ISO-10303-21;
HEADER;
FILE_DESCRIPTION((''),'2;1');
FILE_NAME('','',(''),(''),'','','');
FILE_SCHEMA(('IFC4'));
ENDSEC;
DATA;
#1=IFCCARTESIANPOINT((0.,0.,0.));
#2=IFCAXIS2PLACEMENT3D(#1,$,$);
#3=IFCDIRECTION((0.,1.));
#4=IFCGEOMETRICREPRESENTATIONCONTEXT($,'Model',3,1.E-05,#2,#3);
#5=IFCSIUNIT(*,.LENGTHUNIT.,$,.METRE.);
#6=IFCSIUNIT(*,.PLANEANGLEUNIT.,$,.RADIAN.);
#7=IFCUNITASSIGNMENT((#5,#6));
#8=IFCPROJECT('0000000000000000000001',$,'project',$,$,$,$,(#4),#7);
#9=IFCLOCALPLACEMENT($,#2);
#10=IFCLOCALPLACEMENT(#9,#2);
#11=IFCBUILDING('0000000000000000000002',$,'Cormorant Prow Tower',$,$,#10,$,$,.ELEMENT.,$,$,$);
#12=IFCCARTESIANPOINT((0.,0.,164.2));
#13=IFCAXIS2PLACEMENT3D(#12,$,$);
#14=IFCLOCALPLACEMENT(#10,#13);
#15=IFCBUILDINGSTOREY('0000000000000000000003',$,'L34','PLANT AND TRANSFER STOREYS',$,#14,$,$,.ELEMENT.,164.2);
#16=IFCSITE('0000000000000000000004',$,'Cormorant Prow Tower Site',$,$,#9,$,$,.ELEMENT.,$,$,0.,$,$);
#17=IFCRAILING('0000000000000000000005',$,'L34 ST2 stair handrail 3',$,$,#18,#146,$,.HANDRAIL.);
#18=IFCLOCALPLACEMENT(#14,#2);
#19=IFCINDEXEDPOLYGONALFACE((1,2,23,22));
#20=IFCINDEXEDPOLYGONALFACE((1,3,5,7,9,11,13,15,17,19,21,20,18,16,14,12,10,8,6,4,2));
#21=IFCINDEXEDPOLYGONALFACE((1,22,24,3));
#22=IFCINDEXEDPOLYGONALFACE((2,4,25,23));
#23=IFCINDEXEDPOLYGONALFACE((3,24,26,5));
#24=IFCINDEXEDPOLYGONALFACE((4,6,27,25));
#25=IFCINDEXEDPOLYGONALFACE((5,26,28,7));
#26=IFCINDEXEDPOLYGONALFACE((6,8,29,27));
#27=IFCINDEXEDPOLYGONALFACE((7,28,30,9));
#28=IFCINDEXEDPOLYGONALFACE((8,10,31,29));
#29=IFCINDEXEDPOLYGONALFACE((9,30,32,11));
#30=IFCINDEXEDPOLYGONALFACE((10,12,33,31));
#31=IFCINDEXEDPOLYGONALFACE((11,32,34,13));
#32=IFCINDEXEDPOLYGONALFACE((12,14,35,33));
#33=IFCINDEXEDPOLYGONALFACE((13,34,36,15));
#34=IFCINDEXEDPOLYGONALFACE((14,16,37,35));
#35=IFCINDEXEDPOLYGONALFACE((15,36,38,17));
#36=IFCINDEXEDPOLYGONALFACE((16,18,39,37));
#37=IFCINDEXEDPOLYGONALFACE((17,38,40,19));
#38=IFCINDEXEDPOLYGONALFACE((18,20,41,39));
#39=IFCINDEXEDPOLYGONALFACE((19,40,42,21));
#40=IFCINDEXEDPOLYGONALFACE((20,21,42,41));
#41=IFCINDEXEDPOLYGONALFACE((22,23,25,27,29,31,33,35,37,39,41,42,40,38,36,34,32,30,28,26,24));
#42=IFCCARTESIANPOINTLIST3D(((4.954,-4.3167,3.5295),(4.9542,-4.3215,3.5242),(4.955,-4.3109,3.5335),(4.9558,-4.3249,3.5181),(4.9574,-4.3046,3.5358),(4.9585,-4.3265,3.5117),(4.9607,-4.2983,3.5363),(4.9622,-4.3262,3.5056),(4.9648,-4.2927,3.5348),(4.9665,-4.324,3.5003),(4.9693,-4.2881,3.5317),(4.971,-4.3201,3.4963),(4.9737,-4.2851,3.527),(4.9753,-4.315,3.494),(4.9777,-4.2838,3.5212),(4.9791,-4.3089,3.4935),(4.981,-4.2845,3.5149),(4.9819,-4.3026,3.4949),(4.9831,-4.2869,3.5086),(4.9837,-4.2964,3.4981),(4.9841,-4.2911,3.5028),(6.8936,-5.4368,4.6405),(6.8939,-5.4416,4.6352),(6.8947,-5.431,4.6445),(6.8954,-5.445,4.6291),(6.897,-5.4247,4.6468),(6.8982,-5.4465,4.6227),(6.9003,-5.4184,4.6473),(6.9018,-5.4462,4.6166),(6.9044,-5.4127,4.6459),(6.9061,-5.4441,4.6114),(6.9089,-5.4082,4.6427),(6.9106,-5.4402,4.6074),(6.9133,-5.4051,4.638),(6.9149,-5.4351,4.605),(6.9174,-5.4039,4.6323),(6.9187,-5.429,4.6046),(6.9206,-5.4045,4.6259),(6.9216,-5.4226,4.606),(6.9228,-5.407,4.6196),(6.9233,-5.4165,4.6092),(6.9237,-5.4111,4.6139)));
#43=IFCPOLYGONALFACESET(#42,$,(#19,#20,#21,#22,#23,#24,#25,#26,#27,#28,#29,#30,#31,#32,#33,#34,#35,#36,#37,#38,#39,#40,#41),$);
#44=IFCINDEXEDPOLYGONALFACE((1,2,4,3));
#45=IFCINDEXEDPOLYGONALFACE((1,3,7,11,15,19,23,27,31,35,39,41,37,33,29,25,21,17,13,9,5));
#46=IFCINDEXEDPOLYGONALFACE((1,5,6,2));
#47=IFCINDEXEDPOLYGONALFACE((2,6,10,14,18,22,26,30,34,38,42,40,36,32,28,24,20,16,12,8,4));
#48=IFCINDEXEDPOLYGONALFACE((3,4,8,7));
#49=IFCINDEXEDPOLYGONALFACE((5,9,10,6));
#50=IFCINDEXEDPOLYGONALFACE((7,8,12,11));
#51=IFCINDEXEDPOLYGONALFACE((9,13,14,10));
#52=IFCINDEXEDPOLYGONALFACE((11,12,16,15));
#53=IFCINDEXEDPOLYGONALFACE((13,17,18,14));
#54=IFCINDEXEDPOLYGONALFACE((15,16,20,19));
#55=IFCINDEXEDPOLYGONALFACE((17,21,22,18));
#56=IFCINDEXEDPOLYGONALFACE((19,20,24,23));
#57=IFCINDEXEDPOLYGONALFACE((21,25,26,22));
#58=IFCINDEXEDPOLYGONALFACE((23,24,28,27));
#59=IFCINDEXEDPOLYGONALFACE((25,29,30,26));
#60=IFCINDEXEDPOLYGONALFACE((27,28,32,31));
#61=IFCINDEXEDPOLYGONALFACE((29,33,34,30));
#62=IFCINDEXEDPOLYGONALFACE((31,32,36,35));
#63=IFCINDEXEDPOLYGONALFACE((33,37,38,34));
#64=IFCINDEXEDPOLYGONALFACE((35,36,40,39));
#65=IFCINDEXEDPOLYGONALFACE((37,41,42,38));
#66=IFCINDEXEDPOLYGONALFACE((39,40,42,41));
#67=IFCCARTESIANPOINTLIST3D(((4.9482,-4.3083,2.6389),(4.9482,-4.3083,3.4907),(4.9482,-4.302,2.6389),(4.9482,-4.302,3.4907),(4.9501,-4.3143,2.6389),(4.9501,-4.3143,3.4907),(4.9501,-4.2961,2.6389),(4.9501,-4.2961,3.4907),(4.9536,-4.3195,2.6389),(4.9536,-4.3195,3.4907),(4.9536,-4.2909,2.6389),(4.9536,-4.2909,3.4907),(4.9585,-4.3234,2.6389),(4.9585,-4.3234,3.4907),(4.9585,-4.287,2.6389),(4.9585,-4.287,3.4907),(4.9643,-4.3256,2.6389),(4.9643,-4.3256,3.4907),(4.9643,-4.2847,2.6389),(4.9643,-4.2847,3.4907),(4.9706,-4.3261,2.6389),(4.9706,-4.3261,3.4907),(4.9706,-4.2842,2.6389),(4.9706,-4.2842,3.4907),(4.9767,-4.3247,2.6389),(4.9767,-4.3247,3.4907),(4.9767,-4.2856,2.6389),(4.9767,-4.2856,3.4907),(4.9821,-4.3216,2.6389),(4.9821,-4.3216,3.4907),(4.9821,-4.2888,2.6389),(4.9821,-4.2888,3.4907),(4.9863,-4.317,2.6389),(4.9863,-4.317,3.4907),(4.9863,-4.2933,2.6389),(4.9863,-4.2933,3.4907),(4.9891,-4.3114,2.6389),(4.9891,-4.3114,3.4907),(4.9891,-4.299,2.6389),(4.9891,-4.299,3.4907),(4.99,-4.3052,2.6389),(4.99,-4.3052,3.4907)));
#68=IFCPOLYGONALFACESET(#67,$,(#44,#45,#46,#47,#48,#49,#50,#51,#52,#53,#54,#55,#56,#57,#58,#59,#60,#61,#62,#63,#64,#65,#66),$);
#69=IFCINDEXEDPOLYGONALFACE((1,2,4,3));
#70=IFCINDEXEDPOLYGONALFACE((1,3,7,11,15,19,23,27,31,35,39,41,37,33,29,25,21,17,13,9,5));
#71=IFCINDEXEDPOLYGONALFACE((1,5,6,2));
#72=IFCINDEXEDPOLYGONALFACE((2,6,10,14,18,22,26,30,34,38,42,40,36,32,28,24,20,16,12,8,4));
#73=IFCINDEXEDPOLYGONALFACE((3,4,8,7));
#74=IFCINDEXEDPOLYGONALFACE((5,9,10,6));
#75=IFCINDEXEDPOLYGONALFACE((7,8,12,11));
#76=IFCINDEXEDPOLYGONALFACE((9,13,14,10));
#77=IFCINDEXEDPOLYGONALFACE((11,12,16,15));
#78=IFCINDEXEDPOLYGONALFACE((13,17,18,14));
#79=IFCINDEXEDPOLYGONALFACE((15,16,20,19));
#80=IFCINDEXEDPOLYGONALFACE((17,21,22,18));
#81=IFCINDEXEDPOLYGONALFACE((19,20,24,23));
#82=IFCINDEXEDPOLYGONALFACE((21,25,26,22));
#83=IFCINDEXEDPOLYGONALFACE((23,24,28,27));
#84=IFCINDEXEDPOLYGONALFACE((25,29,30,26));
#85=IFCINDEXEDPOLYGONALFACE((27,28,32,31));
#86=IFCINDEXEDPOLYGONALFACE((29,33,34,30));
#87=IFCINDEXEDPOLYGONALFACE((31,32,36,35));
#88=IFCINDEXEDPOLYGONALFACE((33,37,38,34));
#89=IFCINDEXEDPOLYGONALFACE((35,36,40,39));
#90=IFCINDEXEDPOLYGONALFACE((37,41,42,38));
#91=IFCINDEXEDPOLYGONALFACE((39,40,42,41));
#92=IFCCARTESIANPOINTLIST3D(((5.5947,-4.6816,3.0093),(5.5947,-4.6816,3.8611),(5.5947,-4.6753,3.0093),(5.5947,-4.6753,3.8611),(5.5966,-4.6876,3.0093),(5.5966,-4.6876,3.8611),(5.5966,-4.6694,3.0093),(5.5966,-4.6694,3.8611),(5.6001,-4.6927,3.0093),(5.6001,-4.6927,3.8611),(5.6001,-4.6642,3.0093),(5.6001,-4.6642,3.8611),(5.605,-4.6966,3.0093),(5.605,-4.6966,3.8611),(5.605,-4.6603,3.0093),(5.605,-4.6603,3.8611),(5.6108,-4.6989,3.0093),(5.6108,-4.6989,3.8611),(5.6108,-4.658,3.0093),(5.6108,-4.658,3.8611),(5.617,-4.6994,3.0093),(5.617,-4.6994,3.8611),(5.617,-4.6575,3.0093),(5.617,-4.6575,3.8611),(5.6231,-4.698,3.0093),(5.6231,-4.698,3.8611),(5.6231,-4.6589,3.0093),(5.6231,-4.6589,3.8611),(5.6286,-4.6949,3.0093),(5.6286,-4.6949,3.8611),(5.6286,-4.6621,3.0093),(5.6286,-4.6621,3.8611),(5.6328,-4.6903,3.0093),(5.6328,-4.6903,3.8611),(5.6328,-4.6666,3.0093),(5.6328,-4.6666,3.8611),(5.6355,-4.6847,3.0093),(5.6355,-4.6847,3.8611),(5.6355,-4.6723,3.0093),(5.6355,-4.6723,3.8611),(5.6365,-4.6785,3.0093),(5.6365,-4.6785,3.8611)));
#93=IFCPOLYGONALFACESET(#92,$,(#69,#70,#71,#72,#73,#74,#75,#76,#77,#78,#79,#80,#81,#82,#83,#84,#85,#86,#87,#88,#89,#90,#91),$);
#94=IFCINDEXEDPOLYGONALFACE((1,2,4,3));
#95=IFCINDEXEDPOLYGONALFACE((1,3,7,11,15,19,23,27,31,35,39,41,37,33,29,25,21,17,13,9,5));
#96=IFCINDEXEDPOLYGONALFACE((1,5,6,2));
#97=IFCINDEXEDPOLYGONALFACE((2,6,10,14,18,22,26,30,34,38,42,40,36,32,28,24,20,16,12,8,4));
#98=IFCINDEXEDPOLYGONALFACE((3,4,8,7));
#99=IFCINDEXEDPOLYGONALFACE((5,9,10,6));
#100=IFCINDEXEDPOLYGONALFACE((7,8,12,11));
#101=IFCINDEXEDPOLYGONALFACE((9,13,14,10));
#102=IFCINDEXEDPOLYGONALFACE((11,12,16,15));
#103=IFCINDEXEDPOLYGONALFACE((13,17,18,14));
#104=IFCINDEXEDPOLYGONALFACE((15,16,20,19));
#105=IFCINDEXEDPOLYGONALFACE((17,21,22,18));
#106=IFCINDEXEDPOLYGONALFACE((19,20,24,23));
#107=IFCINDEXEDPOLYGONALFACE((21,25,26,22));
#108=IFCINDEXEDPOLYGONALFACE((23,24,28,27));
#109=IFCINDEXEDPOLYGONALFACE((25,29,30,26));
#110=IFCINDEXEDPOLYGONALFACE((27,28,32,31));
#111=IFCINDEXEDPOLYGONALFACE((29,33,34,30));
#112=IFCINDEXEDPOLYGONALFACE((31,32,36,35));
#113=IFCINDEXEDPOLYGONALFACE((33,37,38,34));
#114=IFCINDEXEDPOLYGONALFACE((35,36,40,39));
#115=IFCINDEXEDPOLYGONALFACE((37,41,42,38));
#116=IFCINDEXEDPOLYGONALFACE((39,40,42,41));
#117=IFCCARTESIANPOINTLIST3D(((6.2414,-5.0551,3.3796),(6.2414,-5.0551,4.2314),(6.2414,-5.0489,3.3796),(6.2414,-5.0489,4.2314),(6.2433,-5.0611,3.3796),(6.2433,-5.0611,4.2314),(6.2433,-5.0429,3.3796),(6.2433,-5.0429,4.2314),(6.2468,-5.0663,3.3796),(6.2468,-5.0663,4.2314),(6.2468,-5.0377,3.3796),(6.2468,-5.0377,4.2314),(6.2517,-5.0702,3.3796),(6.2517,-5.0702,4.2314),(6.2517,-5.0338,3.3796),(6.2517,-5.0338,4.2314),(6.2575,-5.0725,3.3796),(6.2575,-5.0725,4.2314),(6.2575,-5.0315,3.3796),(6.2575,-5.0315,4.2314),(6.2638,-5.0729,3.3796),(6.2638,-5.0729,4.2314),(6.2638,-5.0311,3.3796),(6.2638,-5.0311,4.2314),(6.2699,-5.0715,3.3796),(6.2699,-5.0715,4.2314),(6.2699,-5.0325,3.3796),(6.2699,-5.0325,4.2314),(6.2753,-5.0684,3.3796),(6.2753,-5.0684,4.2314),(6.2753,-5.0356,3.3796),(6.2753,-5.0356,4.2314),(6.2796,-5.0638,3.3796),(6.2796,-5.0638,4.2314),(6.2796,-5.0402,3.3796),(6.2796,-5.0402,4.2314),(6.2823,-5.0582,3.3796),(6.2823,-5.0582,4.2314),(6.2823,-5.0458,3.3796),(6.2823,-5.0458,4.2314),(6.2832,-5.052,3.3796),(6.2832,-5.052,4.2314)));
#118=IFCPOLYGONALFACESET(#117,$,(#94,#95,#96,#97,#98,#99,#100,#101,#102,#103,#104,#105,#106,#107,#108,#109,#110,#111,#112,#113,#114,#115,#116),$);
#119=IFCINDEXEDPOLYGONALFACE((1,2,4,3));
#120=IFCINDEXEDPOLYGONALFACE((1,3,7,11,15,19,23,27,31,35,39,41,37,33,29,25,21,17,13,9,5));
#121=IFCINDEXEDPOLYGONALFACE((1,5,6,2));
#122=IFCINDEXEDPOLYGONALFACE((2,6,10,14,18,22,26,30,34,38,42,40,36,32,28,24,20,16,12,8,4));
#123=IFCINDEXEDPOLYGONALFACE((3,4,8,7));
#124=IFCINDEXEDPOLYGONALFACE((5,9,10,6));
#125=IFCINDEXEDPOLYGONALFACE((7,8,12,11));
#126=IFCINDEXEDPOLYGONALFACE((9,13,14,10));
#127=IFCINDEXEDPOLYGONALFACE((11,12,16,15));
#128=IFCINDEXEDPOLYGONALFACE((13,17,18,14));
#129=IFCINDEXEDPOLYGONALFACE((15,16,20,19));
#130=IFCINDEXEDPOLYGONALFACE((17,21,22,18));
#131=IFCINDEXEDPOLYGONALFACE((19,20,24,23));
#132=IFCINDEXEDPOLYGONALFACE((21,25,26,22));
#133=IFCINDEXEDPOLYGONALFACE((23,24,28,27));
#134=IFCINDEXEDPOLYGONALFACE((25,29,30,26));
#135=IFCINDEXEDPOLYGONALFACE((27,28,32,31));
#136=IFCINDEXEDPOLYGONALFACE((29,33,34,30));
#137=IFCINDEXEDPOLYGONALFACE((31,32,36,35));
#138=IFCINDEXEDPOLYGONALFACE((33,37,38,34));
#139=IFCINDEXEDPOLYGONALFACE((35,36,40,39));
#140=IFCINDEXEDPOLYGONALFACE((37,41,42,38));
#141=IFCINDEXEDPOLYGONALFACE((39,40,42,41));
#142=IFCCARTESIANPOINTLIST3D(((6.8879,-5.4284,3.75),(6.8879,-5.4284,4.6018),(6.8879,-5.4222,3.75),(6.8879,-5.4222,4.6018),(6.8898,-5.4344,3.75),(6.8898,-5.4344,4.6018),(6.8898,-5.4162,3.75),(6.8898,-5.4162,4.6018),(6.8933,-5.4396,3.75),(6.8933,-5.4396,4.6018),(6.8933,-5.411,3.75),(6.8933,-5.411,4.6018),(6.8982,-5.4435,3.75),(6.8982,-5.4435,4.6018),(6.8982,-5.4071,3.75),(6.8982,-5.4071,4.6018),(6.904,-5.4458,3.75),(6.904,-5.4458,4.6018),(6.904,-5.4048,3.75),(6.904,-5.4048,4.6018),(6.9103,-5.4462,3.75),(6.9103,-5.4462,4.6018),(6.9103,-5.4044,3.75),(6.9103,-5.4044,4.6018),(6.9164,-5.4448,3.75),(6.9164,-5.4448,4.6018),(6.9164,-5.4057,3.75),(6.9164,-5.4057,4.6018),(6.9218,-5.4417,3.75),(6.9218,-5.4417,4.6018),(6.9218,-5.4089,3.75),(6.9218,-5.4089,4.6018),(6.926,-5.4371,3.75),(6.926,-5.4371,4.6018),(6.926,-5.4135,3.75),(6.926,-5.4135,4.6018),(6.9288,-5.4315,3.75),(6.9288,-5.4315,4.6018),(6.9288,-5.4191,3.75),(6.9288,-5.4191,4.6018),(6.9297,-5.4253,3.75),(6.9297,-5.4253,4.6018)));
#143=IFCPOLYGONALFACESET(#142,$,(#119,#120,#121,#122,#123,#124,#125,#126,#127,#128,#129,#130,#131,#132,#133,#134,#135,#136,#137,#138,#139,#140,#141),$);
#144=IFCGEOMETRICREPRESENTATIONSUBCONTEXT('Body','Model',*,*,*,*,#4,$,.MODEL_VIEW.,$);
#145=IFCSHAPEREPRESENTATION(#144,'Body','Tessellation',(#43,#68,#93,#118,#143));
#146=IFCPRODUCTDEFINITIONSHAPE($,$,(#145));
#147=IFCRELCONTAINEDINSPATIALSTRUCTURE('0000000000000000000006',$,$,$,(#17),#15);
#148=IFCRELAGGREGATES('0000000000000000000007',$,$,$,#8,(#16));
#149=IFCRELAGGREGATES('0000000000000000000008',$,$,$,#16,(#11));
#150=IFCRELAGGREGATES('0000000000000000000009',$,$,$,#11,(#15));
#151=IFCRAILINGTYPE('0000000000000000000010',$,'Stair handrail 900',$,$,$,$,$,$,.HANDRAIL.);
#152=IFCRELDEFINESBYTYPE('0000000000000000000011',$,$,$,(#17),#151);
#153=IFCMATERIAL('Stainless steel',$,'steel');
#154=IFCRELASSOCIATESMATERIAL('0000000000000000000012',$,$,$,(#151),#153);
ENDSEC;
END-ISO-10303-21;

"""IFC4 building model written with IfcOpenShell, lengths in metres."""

from ifc_helpers import new_model, si_unit, direction, frame, origin, origin_2d, place, context, subcontext, project, spatial, circle, extrude, material, type_object, element, save


model = new_model("IFC4")

# Units and contexts
model_context = context("Model", 3, precision=1e-05, world=origin(), true_north=direction((0.0, 1.0)))
body_context = subcontext(model_context, "Body", "Model", "MODEL_VIEW")
ifc_project = project(units=[si_unit("LENGTHUNIT", "METRE"), si_unit("PLANEANGLEUNIT", "RADIAN")], contexts=[model_context])

# Site, building, storey
site_placement = place(None, origin())
site = spatial("IfcSite", under=ifc_project, at=site_placement, Name="Cormorant Prow Tower Site", CompositionType="ELEMENT", RefElevation=0.0)
building_placement = place(site_placement, origin())
building = spatial("IfcBuilding", under=site, at=building_placement, Name="Cormorant Prow Tower", CompositionType="ELEMENT")
storey_placement = place(building_placement, frame((0.0, 0.0, 164.2)))
storey = spatial("IfcBuildingStorey", under=building, at=storey_placement, Name="L34", Description="PLANT AND TRANSFER STOREYS", CompositionType="ELEMENT", Elevation=164.2)

# Railing
ifc_material_1 = material(Name="Stainless steel", Category="steel")
railing_type_1 = type_object("IfcRailingType", Name="Stair handrail 900", PredefinedType="HANDRAIL", material=ifc_material_1)
railing_1_placement = place(storey_placement, frame((4.969, -4.3052, 2.6389)))
element("IfcRailing", 1, at=railing_1_placement, inside=storey, type_object=railing_type_1, Name="L34 ST2 stair handrail 3", PredefinedType="HANDRAIL", context=body_context, shape_type="SweptSolid", body=[
    extrude(circle(Radius=0.0239, at=origin_2d()), frame((0.0, 0.0, 0.876), z_axis=(0.77578, -0.44799, 0.444377), x_axis=(0.500078, 0.86598, 0.0)), (0.0, 0.0, 1.0), 2.5002),
    extrude(circle(Radius=0.021, at=origin_2d()), origin(), (0.0, 0.0, 1.0), 0.8518),
    extrude(circle(Radius=0.021, at=origin_2d()), frame((0.6465, -0.3733, 0.3704)), (0.0, 0.0, 1.0), 0.8518),
    extrude(circle(Radius=0.021, at=origin_2d()), frame((1.2932, -0.7468, 0.7407)), (0.0, 0.0, 1.0), 0.8518),
    extrude(circle(Radius=0.021, at=origin_2d()), frame((1.9397, -1.1201, 1.1111)), (0.0, 0.0, 1.0), 0.8518),
])

save(model, "model.ifc")
